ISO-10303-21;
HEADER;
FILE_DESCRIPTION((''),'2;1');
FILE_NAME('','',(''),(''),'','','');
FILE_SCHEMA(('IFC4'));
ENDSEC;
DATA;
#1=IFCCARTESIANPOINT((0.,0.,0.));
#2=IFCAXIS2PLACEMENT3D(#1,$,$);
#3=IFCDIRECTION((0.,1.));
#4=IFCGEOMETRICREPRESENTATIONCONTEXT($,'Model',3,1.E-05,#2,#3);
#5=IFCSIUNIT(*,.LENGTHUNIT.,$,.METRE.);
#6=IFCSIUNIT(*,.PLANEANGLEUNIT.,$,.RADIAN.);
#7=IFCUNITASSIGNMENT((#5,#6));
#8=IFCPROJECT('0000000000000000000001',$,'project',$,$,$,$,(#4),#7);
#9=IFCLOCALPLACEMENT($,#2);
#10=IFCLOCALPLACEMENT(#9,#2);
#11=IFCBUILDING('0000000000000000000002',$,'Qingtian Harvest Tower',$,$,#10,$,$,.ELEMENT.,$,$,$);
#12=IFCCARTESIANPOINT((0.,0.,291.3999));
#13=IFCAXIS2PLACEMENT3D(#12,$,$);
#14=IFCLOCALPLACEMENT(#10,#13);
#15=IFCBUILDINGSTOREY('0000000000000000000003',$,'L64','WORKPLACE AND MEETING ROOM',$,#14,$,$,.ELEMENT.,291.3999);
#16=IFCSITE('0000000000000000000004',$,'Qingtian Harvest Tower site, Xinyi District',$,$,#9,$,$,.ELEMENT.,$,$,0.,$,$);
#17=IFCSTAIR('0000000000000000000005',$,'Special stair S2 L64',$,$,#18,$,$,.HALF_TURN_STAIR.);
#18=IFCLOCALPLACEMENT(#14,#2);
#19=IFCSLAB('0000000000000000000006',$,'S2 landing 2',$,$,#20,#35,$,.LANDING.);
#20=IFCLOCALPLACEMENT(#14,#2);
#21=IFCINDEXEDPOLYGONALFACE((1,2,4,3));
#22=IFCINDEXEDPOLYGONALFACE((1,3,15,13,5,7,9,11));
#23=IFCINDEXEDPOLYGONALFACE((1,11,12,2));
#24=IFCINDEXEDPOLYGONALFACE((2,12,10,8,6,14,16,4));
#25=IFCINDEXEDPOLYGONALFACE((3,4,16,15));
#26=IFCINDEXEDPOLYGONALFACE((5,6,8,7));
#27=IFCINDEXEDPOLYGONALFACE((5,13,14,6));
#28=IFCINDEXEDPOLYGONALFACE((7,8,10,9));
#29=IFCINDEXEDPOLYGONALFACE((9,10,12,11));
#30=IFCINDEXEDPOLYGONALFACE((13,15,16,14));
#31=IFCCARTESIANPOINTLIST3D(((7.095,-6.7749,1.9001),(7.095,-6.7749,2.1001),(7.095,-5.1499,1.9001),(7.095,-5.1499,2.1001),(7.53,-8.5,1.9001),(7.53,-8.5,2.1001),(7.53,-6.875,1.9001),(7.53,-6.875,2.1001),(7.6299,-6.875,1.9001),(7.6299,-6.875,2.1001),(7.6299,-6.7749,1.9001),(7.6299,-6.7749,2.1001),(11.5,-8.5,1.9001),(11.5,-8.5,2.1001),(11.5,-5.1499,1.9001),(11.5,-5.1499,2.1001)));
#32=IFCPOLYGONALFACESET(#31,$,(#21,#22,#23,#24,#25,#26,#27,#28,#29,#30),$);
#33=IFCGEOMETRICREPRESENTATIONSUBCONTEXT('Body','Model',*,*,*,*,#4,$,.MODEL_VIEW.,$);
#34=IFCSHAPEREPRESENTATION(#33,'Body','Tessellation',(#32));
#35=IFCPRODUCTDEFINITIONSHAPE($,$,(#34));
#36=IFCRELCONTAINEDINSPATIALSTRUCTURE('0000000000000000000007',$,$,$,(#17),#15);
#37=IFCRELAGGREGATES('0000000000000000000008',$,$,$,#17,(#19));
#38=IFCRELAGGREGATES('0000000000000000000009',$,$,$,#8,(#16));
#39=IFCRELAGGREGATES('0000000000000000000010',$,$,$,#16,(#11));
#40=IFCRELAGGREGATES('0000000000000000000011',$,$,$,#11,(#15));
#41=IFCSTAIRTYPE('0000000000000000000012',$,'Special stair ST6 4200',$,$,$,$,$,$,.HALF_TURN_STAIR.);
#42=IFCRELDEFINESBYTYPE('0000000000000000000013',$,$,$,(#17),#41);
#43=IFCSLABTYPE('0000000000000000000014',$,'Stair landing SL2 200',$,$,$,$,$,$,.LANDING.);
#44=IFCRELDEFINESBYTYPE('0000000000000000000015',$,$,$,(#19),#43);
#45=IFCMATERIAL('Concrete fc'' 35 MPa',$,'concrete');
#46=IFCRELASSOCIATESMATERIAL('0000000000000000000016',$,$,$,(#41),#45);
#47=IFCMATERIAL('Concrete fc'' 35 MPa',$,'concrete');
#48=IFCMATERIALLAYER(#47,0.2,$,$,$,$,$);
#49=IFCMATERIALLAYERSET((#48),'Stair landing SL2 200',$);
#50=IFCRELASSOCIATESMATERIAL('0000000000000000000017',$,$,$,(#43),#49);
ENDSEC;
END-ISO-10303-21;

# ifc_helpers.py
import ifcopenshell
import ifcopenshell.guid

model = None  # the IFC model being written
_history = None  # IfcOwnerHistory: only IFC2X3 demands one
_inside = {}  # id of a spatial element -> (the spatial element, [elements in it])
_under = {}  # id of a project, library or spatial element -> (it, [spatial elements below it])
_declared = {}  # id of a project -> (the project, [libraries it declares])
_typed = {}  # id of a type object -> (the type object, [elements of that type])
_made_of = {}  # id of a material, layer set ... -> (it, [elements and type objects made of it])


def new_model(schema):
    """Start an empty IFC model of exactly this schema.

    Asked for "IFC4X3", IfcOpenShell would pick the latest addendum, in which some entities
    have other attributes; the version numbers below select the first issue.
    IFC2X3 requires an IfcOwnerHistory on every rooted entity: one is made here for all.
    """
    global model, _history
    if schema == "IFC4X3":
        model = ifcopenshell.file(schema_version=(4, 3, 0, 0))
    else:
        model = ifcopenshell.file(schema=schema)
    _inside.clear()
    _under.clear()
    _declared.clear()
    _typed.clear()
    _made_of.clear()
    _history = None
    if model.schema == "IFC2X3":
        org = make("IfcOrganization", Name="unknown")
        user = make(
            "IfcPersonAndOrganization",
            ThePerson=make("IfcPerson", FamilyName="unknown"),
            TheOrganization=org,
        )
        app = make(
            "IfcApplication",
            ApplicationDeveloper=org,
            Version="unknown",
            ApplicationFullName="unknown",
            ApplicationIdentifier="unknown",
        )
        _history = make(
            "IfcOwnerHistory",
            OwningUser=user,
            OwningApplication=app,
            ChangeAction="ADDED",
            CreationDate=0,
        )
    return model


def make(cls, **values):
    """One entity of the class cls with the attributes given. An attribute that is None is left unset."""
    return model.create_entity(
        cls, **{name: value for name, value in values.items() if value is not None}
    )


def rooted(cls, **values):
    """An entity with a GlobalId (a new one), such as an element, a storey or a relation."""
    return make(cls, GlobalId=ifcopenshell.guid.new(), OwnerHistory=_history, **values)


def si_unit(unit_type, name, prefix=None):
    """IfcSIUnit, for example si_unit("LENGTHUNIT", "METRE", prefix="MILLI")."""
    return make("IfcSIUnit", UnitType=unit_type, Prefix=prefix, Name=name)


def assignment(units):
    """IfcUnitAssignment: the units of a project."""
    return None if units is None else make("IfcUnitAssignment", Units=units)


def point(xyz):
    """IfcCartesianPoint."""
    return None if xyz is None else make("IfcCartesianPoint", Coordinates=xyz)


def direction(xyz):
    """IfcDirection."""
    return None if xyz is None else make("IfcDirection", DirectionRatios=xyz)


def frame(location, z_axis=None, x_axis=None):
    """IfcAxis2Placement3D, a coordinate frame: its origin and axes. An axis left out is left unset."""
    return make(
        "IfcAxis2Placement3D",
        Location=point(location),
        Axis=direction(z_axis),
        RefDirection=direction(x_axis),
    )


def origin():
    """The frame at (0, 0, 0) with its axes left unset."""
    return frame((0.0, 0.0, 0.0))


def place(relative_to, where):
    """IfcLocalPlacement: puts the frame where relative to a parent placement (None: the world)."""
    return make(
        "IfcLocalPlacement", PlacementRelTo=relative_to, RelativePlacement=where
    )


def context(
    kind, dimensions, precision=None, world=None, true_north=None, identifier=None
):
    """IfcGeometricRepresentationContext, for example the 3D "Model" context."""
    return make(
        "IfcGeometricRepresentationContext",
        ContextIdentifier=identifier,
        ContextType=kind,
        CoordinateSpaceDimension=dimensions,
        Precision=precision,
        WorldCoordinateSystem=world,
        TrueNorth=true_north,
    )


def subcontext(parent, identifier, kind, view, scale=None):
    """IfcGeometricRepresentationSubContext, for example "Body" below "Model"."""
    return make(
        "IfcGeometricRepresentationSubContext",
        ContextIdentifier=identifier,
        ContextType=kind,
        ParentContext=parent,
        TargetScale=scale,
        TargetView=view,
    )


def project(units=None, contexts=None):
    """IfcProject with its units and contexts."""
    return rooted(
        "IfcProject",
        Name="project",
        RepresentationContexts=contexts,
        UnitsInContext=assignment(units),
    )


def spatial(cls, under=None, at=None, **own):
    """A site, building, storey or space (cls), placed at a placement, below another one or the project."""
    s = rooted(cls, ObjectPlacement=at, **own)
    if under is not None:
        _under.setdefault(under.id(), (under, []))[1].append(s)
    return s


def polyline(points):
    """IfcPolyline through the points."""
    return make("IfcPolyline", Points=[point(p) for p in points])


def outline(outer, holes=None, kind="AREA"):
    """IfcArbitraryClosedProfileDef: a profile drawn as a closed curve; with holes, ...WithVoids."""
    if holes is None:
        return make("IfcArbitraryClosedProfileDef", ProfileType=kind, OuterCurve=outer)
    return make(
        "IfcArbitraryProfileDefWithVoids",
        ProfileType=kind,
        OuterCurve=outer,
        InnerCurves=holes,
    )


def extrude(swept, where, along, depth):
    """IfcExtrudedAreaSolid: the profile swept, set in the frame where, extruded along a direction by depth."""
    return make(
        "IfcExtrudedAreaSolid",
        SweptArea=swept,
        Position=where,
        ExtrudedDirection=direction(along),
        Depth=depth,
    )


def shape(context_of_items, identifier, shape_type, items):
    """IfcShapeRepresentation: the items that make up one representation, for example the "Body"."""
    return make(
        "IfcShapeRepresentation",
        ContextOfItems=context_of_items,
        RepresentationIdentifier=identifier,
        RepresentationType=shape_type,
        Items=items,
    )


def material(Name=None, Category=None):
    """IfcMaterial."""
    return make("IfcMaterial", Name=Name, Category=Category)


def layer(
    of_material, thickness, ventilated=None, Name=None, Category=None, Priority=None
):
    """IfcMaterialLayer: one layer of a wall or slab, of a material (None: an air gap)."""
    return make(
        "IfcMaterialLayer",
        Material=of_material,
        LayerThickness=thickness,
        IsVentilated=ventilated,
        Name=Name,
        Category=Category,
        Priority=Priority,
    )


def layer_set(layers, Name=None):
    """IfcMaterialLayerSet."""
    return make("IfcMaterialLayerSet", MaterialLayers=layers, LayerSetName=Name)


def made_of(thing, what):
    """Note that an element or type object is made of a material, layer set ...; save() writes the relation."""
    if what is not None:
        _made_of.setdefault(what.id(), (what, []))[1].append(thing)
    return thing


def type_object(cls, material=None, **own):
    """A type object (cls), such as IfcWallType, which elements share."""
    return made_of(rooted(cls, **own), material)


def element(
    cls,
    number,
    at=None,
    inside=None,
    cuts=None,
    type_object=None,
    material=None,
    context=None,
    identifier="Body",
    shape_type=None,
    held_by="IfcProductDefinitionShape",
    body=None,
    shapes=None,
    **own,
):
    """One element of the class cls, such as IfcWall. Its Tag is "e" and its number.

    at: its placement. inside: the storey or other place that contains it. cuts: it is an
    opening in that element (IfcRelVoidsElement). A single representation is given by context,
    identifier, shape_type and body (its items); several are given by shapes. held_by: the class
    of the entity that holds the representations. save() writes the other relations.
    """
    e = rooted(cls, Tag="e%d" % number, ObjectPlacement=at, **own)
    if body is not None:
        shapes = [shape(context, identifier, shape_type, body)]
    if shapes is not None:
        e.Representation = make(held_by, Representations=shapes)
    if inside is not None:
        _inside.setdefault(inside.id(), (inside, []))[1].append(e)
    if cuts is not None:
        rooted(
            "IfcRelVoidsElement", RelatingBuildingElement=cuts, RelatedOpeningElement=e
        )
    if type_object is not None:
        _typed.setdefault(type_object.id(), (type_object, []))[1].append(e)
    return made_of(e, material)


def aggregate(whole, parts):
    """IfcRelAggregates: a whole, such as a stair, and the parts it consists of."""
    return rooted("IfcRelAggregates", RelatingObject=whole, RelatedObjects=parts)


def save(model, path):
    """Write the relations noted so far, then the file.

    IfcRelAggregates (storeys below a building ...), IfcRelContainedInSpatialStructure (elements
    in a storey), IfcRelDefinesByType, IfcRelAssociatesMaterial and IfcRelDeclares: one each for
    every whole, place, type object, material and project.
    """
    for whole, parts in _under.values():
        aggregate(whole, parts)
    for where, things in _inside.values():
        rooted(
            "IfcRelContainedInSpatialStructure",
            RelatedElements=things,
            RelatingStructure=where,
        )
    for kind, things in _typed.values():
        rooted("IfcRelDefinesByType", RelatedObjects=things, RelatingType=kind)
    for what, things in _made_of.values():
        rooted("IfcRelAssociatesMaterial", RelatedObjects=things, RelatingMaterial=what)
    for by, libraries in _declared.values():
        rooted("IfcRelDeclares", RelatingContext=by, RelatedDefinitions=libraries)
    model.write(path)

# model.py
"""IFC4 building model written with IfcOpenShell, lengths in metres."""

from ifc_helpers import new_model, si_unit, direction, frame, origin, place, context, subcontext, project, spatial, polyline, outline, extrude, material, layer, layer_set, type_object, element, aggregate, save


model = new_model("IFC4")

# Units and contexts
model_context = context("Model", 3, precision=1e-05, world=origin(), true_north=direction((0.0, 1.0)))
body_context = subcontext(model_context, "Body", "Model", "MODEL_VIEW")
ifc_project = project(units=[si_unit("LENGTHUNIT", "METRE"), si_unit("PLANEANGLEUNIT", "RADIAN")], contexts=[model_context])

# Site, building, storey
site_placement = place(None, origin())
site = spatial("IfcSite", under=ifc_project, at=site_placement, Name="Qingtian Harvest Tower site, Xinyi District", CompositionType="ELEMENT", RefElevation=0.0)
building_placement = place(site_placement, origin())
building = spatial("IfcBuilding", under=site, at=building_placement, Name="Qingtian Harvest Tower", CompositionType="ELEMENT")
storey_placement = place(building_placement, frame((0.0, 0.0, 291.3999)))
storey = spatial("IfcBuildingStorey", under=building, at=storey_placement, Name="L64", Description="WORKPLACE AND MEETING ROOM", CompositionType="ELEMENT", Elevation=291.3999)

# Shared definitions
ifc_material_1 = material(Name="Concrete fc' 35 MPa", Category="concrete")
stair_type = type_object("IfcStairType", Name="Special stair ST6 4200", PredefinedType="HALF_TURN_STAIR", material=ifc_material_1)
ifc_material_2 = material(Name="Concrete fc' 35 MPa", Category="concrete")
ifc_layer_1 = layer(ifc_material_2, 0.2)
ifc_layer_set_1 = layer_set([ifc_layer_1], Name="Stair landing SL2 200")
slab_type_1 = type_object("IfcSlabType", Name="Stair landing SL2 200", PredefinedType="LANDING", material=ifc_layer_set_1)

# Stair, slab
stair_1_placement = place(storey_placement, origin())
stair_1 = element("IfcStair", 1, at=stair_1_placement, inside=storey, type_object=stair_type, Name="Special stair S2 L64", PredefinedType="HALF_TURN_STAIR")
slab_1_placement = place(storey_placement, frame((0.0, 0.0, 1.9001)))
slab_1 = element("IfcSlab", 2, at=slab_1_placement, type_object=slab_type_1, Name="S2 landing 2", PredefinedType="LANDING", context=body_context, shape_type="SweptSolid", body=[
    extrude(outline(polyline([(7.53, -8.5), (7.53, -6.875), (7.6299, -6.875), (7.6299, -6.7749), (7.095, -6.7749), (7.095, -5.1499), (11.5, -5.1499), (11.5, -8.5), (7.53, -8.5)])), origin(), (0.0, 0.0, 1.0), 0.2),
])
aggregate(stair_1, [slab_1])

save(model, "model.ifc")
